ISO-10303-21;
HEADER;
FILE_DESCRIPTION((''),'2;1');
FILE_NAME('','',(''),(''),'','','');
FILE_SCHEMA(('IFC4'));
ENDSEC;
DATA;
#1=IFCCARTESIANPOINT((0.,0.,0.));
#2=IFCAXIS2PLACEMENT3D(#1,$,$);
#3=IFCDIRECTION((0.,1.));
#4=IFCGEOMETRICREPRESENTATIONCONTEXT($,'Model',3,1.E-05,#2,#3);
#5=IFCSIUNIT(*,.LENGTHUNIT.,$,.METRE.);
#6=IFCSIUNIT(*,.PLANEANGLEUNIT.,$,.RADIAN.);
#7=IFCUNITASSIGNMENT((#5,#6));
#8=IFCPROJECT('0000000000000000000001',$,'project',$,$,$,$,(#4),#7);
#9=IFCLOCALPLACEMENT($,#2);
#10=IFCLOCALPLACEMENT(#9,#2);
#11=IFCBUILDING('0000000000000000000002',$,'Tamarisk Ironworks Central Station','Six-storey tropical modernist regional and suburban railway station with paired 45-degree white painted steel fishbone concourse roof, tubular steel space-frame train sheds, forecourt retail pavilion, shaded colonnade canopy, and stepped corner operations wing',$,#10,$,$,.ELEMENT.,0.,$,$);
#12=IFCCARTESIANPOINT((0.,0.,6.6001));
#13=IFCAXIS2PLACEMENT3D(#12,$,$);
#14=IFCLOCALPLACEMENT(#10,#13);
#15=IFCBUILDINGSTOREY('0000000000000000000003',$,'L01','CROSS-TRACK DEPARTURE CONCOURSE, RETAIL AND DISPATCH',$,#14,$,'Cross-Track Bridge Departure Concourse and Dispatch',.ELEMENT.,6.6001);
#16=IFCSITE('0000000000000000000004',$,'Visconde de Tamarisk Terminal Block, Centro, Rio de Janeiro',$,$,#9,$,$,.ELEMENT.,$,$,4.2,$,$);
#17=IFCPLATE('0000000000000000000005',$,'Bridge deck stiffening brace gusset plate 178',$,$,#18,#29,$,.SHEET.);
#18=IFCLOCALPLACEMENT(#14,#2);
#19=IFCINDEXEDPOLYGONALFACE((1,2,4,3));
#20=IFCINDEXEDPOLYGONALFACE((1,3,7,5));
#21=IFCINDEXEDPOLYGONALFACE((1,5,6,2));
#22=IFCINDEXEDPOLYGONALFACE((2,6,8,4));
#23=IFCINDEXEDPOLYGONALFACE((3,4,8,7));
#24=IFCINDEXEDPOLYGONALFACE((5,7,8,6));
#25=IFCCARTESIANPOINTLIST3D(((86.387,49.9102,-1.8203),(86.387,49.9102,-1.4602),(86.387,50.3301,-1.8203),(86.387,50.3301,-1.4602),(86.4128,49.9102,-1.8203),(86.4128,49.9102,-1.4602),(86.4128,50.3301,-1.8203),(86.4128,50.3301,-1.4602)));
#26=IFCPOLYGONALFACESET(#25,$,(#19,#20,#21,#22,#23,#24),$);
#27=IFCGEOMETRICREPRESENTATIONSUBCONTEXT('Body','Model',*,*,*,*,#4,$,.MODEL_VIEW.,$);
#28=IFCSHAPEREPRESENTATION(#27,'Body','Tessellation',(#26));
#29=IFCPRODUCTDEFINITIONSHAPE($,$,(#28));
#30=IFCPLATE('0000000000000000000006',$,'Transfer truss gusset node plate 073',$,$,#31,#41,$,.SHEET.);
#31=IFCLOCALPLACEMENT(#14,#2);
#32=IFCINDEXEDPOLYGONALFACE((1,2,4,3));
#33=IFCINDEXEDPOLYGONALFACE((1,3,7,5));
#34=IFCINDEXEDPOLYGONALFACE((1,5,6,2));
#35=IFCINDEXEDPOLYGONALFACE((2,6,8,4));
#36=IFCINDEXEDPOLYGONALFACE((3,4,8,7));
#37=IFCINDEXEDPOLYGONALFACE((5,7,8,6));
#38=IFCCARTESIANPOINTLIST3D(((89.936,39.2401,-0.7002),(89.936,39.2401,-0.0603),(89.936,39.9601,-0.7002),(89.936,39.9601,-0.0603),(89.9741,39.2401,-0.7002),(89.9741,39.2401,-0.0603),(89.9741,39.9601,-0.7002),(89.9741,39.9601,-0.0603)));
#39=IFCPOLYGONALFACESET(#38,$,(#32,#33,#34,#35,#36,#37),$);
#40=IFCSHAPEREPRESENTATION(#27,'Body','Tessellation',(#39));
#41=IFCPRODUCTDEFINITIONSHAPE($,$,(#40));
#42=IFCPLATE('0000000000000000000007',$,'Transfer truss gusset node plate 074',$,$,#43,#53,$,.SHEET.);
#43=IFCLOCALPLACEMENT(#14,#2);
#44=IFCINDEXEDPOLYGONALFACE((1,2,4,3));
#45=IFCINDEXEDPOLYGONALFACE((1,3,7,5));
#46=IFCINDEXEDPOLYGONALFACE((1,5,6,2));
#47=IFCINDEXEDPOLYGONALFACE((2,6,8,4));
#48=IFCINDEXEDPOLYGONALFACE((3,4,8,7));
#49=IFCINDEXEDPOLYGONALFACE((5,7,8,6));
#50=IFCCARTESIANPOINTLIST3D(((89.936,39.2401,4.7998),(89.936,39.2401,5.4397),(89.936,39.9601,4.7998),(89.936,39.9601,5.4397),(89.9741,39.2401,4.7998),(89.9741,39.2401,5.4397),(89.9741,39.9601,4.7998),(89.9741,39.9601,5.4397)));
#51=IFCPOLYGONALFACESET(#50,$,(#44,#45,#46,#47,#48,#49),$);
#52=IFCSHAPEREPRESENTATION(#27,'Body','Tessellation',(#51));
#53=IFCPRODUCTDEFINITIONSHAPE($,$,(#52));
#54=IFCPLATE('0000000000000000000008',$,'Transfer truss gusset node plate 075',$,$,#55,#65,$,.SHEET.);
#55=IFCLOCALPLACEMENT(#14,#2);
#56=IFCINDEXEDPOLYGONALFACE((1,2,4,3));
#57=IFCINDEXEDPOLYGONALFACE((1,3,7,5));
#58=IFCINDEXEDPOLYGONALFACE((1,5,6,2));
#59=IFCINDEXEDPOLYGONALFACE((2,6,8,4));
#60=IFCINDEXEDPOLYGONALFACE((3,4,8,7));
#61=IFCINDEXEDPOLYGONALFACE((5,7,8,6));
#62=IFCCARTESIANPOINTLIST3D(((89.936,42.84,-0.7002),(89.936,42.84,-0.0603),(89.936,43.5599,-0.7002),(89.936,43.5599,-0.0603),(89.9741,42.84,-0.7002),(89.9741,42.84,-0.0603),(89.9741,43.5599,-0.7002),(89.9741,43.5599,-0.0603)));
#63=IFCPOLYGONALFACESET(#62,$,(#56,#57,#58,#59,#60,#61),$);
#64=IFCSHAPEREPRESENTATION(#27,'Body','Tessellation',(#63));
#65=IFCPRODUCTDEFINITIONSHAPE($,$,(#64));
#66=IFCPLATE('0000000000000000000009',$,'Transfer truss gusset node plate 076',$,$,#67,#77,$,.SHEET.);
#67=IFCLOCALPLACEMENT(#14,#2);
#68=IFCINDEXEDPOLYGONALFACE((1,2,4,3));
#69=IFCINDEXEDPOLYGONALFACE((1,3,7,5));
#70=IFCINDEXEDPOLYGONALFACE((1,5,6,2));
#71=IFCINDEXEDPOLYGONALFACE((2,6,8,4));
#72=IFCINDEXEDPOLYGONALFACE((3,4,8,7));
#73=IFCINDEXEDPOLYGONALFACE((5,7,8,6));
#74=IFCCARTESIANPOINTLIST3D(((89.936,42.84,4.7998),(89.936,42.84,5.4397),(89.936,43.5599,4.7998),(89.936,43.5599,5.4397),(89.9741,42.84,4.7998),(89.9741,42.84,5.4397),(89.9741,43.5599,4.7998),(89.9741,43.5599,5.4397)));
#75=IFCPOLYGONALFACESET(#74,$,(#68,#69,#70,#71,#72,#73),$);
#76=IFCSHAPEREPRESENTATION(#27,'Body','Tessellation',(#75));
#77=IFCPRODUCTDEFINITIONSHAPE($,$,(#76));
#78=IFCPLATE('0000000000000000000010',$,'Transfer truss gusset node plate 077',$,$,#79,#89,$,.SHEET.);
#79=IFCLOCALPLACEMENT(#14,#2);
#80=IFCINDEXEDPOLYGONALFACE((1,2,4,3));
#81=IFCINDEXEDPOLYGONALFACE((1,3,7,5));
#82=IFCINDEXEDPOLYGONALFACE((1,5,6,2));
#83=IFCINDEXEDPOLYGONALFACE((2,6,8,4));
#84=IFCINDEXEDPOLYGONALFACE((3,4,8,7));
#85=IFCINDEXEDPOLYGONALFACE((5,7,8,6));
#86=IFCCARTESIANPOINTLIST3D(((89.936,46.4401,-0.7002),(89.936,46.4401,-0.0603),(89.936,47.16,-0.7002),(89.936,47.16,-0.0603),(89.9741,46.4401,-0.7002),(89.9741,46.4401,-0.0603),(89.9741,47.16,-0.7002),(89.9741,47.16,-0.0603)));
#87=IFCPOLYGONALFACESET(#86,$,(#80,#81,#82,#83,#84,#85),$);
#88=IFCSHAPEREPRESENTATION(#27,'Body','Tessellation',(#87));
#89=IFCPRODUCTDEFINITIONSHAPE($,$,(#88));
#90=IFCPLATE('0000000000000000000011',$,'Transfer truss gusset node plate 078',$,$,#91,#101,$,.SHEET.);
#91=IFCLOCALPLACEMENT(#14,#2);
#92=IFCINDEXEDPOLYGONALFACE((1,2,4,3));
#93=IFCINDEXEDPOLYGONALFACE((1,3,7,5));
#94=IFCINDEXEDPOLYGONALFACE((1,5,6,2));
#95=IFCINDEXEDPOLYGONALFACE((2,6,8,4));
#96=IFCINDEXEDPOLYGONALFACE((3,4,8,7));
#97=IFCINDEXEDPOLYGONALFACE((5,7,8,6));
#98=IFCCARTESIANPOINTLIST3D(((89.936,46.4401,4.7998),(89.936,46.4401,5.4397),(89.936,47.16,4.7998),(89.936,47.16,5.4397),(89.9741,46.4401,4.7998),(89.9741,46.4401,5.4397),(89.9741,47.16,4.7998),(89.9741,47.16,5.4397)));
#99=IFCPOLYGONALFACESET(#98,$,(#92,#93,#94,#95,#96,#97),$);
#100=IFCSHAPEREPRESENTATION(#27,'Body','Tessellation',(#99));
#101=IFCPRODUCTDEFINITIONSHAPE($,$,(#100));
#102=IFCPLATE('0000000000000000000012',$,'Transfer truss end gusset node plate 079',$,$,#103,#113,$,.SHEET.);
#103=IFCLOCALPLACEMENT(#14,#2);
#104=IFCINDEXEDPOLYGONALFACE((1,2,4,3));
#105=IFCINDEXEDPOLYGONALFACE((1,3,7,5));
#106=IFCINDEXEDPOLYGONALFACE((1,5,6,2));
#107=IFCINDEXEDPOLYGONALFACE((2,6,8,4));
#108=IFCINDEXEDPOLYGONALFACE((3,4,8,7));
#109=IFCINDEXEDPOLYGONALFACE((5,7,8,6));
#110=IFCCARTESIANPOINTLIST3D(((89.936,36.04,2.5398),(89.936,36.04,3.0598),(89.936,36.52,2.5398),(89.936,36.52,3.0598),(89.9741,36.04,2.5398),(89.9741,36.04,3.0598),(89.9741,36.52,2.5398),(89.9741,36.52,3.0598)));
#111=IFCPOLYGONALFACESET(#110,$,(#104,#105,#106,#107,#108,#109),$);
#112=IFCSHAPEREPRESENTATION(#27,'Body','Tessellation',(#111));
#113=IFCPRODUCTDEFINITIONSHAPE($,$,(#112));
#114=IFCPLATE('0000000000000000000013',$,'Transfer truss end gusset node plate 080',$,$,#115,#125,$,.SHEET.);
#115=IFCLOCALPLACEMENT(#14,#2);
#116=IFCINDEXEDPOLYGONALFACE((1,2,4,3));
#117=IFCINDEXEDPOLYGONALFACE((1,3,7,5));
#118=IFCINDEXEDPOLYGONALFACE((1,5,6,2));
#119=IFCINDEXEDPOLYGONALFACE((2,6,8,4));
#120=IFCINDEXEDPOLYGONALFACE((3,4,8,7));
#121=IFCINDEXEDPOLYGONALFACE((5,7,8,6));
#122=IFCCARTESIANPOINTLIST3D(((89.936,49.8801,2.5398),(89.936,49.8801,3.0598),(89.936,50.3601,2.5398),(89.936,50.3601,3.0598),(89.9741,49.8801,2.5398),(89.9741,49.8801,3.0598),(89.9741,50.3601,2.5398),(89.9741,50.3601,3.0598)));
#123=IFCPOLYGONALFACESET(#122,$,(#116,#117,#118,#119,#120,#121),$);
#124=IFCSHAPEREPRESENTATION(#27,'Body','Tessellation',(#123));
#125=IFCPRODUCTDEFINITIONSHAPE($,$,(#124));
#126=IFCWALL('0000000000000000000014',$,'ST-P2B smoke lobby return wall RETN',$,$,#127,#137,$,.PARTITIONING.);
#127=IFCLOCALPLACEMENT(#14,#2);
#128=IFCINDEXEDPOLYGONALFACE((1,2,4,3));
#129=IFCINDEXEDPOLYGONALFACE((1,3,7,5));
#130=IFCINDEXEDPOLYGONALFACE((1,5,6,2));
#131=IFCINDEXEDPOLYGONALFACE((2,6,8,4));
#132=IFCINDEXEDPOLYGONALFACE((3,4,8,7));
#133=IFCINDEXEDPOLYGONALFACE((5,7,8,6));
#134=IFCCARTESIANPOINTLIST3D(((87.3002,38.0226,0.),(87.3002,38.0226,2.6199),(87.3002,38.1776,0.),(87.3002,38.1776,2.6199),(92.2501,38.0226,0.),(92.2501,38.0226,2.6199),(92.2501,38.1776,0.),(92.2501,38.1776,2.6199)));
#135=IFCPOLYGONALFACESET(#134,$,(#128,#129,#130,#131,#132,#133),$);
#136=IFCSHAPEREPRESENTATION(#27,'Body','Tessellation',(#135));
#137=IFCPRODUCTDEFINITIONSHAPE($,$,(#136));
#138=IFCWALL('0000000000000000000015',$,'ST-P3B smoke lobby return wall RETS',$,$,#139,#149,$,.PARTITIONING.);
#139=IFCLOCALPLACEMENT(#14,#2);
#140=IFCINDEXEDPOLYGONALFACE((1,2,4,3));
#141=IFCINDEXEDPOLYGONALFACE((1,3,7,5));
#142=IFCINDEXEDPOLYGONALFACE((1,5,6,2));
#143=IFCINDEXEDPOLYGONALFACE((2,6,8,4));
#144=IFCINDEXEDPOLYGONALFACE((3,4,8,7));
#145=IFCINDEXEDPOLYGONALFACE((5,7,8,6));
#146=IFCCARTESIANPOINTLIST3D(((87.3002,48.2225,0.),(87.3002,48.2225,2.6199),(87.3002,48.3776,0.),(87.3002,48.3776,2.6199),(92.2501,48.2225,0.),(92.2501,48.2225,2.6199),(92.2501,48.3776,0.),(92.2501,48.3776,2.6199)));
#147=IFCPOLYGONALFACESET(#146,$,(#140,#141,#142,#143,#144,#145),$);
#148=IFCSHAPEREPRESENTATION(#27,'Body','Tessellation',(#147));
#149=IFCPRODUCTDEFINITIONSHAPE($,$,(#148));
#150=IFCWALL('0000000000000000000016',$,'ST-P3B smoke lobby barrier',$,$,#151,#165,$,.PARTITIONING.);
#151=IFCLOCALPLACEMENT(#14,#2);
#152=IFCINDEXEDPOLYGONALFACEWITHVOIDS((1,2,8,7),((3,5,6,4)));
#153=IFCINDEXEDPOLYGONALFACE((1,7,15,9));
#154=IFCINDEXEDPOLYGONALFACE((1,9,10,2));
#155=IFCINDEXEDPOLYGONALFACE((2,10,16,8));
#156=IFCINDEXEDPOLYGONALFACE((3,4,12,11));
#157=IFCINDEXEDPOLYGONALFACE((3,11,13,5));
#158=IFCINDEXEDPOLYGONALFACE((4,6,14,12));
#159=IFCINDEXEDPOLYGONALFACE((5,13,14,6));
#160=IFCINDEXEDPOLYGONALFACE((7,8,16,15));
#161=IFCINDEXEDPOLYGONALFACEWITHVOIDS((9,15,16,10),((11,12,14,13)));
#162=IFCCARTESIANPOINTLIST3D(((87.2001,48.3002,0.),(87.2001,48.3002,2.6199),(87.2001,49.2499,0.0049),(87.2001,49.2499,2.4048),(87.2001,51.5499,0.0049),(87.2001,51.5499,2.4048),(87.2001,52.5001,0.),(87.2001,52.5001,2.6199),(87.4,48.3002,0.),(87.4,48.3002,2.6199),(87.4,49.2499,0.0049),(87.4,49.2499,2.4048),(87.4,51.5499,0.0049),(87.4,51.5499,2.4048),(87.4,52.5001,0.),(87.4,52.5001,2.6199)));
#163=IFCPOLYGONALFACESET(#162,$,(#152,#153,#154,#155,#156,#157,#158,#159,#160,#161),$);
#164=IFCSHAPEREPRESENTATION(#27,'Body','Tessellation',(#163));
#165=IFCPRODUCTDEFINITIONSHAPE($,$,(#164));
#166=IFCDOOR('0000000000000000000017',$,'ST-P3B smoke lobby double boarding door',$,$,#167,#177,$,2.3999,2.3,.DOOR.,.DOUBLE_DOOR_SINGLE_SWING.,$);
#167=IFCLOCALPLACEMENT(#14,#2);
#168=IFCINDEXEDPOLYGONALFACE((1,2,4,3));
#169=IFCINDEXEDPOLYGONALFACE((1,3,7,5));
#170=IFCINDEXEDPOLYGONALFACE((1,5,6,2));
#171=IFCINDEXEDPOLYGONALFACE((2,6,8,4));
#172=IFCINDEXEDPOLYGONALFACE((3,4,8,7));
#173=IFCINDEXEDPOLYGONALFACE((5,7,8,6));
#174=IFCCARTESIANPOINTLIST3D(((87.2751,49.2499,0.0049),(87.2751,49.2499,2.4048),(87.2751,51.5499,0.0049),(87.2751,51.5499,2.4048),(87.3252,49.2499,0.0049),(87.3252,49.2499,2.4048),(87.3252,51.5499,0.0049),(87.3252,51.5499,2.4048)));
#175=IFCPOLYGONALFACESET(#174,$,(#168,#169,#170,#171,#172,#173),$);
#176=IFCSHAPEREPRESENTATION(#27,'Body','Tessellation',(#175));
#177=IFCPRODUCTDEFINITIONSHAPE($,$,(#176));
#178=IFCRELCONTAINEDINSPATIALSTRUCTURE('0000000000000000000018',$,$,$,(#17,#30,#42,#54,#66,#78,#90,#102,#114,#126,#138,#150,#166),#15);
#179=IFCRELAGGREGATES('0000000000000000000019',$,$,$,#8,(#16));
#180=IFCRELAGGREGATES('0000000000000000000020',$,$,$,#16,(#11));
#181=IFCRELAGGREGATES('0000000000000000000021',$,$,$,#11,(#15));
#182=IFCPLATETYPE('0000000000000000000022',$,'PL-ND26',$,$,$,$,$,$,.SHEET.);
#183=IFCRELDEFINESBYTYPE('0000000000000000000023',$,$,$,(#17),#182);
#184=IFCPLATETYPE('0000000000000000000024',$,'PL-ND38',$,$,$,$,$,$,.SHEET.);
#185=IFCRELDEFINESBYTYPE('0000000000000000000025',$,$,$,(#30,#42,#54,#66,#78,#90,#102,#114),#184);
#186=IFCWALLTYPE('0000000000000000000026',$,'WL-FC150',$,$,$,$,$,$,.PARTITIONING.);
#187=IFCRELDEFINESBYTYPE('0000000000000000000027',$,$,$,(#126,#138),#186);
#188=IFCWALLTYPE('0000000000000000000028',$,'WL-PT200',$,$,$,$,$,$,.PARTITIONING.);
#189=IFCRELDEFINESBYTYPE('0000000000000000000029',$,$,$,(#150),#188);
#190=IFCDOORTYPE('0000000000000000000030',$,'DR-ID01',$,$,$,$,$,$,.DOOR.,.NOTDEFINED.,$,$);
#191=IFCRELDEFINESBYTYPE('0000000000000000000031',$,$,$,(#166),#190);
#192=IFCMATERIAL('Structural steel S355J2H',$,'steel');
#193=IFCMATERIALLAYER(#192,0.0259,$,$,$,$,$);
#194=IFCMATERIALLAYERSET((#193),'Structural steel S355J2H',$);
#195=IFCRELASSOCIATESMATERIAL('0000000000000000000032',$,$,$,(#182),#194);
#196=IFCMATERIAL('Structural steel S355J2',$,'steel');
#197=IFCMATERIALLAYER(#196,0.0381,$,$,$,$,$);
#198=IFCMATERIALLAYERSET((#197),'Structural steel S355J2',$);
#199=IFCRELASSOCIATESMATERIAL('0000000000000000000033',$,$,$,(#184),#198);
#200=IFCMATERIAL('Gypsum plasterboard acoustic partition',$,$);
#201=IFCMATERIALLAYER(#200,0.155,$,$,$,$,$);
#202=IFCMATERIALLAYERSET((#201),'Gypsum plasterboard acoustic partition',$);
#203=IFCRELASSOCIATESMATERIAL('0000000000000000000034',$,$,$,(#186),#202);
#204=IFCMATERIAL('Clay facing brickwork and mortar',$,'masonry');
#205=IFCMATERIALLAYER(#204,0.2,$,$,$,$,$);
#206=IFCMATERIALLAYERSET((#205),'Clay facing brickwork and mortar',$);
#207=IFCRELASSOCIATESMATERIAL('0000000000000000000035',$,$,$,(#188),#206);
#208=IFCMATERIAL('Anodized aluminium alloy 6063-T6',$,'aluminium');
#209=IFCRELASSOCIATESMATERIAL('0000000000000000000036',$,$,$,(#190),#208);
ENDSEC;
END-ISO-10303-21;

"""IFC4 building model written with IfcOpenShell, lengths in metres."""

from ifc_helpers import new_model, si_unit, direction, frame, frame_2d, origin, origin_2d, place, context, subcontext, project, spatial, rectangle, extrude, material, layer, layer_set, type_object, element, fill, save


model = new_model("IFC4")

# Units and contexts
model_context = context("Model", 3, precision=1e-05, world=origin(), true_north=direction((0.0, 1.0)))
body_context = subcontext(model_context, "Body", "Model", "MODEL_VIEW")
ifc_project = project(units=[si_unit("LENGTHUNIT", "METRE"), si_unit("PLANEANGLEUNIT", "RADIAN")], contexts=[model_context])

# Site, building, storey
site_placement = place(None, origin())
site = spatial("IfcSite", under=ifc_project, at=site_placement, Name="Visconde de Tamarisk Terminal Block, Centro, Rio de Janeiro", CompositionType="ELEMENT", RefElevation=4.2)
building_placement = place(site_placement, origin())
building = spatial("IfcBuilding", under=site, at=building_placement, Name="Tamarisk Ironworks Central Station", Description="Six-storey tropical modernist regional and suburban railway station with paired 45-degree white painted steel fishbone concourse roof, tubular steel space-frame train sheds, forecourt retail pavilion, shaded colonnade canopy, and stepped corner operations wing", CompositionType="ELEMENT", ElevationOfRefHeight=0.0)
storey_placement = place(building_placement, frame((0.0, 0.0, 6.6001)))
storey = spatial("IfcBuildingStorey", under=building, at=storey_placement, Name="L01", Description="CROSS-TRACK DEPARTURE CONCOURSE, RETAIL AND DISPATCH", LongName="Cross-Track Bridge Departure Concourse and Dispatch", CompositionType="ELEMENT", Elevation=6.6001)

# Shared definitions
ifc_material_1 = material(Name="Structural steel S355J2", Category="steel")

# Shared definitions
ifc_material_2 = material(Name="Structural steel S355J2H", Category="steel")

# Plates
ifc_layer_1 = layer(ifc_material_2, 0.0259)
ifc_layer_set_1 = layer_set([ifc_layer_1], Name="Structural steel S355J2H")
plate_type_1 = type_object("IfcPlateType", Name="PL-ND26", PredefinedType="SHEET", material=ifc_layer_set_1)
for number, where, z_axis, x_axis, name in (
    (1, (86.3999, 50.1201, -1.8203), (0.0, 0.0, 1.0), (1.0, 0.0, 0.0), "Bridge deck stiffening brace gusset plate 178"),
):
    element("IfcPlate", number, at=place(storey_placement, frame(where, z_axis=z_axis, x_axis=x_axis)), inside=storey, type_object=plate_type_1, Name=name, PredefinedType="SHEET", context=body_context, shape_type="SweptSolid", body=[
        extrude(rectangle(XDim=0.0259, YDim=0.4199, at=origin_2d()), origin(), (0.0, 0.0, 1.0), 0.3601),
    ])
ifc_layer_2 = layer(ifc_material_1, 0.0381)
ifc_layer_set_2 = layer_set([ifc_layer_2], Name="Structural steel S355J2")
plate_type_2 = type_object("IfcPlateType", Name="PL-ND38", PredefinedType="SHEET", material=ifc_layer_set_2)
for number, where, z_axis, x_axis, name in (
    (2, (89.9551, 39.6001, -0.7002), (0.0, 0.0, 1.0), (1.0, 0.0, 0.0), "Transfer truss gusset node plate 073"),
    (3, (89.9551, 39.6001, 4.7998), (0.0, 0.0, 1.0), (1.0, 0.0, 0.0), "Transfer truss gusset node plate 074"),
    (4, (89.9551, 43.2, -0.7002), (0.0, 0.0, 1.0), (1.0, 0.0, 0.0), "Transfer truss gusset node plate 075"),
    (5, (89.9551, 43.2, 4.7998), (0.0, 0.0, 1.0), (1.0, 0.0, 0.0), "Transfer truss gusset node plate 076"),
    (6, (89.9551, 46.8, -0.7002), (0.0, 0.0, 1.0), (1.0, 0.0, 0.0), "Transfer truss gusset node plate 077"),
    (7, (89.9551, 46.8, 4.7998), (0.0, 0.0, 1.0), (1.0, 0.0, 0.0), "Transfer truss gusset node plate 078"),
):
    element("IfcPlate", number, at=place(storey_placement, frame(where, z_axis=z_axis, x_axis=x_axis)), inside=storey, type_object=plate_type_2, Name=name, PredefinedType="SHEET", context=body_context, shape_type="SweptSolid", body=[
        extrude(rectangle(XDim=0.0381, YDim=0.72, at=origin_2d()), origin(), (0.0, 0.0, 1.0), 0.6399),
    ])
for number, where, z_axis, x_axis, name in (
    (8, (89.9551, 36.28, 2.5398), (0.0, 0.0, 1.0), (1.0, 0.0, 0.0), "Transfer truss end gusset node plate 079"),
    (9, (89.9551, 50.1201, 2.5398), (0.0, 0.0, 1.0), (1.0, 0.0, 0.0), "Transfer truss end gusset node plate 080"),
):
    element("IfcPlate", number, at=place(storey_placement, frame(where, z_axis=z_axis, x_axis=x_axis)), inside=storey, type_object=plate_type_2, Name=name, PredefinedType="SHEET", context=body_context, shape_type="SweptSolid", body=[
        extrude(rectangle(XDim=0.0381, YDim=0.48, at=origin_2d()), origin(), (0.0, 0.0, 1.0), 0.52),
    ])

# Walls
ifc_material_3 = material(Name="Gypsum plasterboard acoustic partition")
ifc_layer_3 = layer(ifc_material_3, 0.155)
ifc_layer_set_3 = layer_set([ifc_layer_3], Name="Gypsum plasterboard acoustic partition")
wall_type_1 = type_object("IfcWallType", Name="WL-FC150", PredefinedType="PARTITIONING", material=ifc_layer_set_3)
for number, where, z_axis, x_axis, name in (
    (10, (87.3, 38.1001, 0.0), (0.0, 0.0, 1.0), (1.0, 0.0, 0.0), "ST-P2B smoke lobby return wall RETN"),
    (11, (87.3, 48.3, 0.0), (0.0, 0.0, 1.0), (1.0, 0.0, 0.0), "ST-P3B smoke lobby return wall RETS"),
):
    element("IfcWall", number, at=place(storey_placement, frame(where, z_axis=z_axis, x_axis=x_axis)), inside=storey, type_object=wall_type_1, Name=name, PredefinedType="PARTITIONING", context=body_context, shape_type="SweptSolid", body=[
        extrude(rectangle(XDim=4.95, YDim=0.155, at=frame_2d((2.4751, 0.0))), origin(), (0.0, 0.0, 1.0), 2.6199),
    ])

# Wall, opening, door
ifc_material_4 = material(Name="Clay facing brickwork and mortar", Category="masonry")
ifc_layer_4 = layer(ifc_material_4, 0.2)
ifc_layer_set_4 = layer_set([ifc_layer_4], Name="Clay facing brickwork and mortar")
wall_type_2 = type_object("IfcWallType", Name="WL-PT200", PredefinedType="PARTITIONING", material=ifc_layer_set_4)
wall_1_placement = place(storey_placement, frame((87.3, 48.3, 0.0), z_axis=(0.0, 0.0, 1.0), x_axis=(0.0, 1.0, 0.0)))
wall_1 = element("IfcWall", 12, at=wall_1_placement, inside=storey, type_object=wall_type_2, Name="ST-P3B smoke lobby barrier", PredefinedType="PARTITIONING", context=body_context, shape_type="SweptSolid", body=[
    extrude(rectangle(XDim=4.2, YDim=0.2, at=frame_2d((2.1001, 0.0))), origin(), (0.0, 0.0, 1.0), 2.6199),
])
opening_1_placement = place(wall_1_placement, frame((0.95, 0.0, 0.0049)))
opening_1 = element("IfcOpeningElement", 13, at=opening_1_placement, cuts=wall_1, PredefinedType="OPENING", context=body_context, shape_type="SweptSolid", body=[
    extrude(rectangle(XDim=2.3, YDim=2.3999, at=frame_2d((1.1499, 1.2))), frame((0.0, 0.1118, 0.0), z_axis=(0.0, -1.0, 0.0), x_axis=(1.0, 0.0, 0.0)), (0.0, 0.0, 1.0), 0.2239),
])
ifc_material_5 = material(Name="Anodized aluminium alloy 6063-T6", Category="aluminium")
door_type_1 = type_object("IfcDoorType", Name="DR-ID01", OperationType="NOTDEFINED", PredefinedType="DOOR", material=ifc_material_5)
door_1_placement = place(opening_1_placement, origin())
door_1 = element("IfcDoor", 14, at=door_1_placement, inside=storey, type_object=door_type_1, Name="ST-P3B smoke lobby double boarding door", OperationType="DOUBLE_DOOR_SINGLE_SWING", OverallHeight=2.3999, OverallWidth=2.3, PredefinedType="DOOR", context=body_context, shape_type="SweptSolid", body=[
    extrude(rectangle(XDim=2.3, YDim=2.3999, at=frame_2d((1.1499, 1.2))), frame((0.0, 0.0249, 0.0), z_axis=(0.0, -1.0, 0.0), x_axis=(1.0, 0.0, 0.0)), (0.0, 0.0, 1.0), 0.05),
])
fill(opening_1, door_1)

save(model, "model.ifc")
